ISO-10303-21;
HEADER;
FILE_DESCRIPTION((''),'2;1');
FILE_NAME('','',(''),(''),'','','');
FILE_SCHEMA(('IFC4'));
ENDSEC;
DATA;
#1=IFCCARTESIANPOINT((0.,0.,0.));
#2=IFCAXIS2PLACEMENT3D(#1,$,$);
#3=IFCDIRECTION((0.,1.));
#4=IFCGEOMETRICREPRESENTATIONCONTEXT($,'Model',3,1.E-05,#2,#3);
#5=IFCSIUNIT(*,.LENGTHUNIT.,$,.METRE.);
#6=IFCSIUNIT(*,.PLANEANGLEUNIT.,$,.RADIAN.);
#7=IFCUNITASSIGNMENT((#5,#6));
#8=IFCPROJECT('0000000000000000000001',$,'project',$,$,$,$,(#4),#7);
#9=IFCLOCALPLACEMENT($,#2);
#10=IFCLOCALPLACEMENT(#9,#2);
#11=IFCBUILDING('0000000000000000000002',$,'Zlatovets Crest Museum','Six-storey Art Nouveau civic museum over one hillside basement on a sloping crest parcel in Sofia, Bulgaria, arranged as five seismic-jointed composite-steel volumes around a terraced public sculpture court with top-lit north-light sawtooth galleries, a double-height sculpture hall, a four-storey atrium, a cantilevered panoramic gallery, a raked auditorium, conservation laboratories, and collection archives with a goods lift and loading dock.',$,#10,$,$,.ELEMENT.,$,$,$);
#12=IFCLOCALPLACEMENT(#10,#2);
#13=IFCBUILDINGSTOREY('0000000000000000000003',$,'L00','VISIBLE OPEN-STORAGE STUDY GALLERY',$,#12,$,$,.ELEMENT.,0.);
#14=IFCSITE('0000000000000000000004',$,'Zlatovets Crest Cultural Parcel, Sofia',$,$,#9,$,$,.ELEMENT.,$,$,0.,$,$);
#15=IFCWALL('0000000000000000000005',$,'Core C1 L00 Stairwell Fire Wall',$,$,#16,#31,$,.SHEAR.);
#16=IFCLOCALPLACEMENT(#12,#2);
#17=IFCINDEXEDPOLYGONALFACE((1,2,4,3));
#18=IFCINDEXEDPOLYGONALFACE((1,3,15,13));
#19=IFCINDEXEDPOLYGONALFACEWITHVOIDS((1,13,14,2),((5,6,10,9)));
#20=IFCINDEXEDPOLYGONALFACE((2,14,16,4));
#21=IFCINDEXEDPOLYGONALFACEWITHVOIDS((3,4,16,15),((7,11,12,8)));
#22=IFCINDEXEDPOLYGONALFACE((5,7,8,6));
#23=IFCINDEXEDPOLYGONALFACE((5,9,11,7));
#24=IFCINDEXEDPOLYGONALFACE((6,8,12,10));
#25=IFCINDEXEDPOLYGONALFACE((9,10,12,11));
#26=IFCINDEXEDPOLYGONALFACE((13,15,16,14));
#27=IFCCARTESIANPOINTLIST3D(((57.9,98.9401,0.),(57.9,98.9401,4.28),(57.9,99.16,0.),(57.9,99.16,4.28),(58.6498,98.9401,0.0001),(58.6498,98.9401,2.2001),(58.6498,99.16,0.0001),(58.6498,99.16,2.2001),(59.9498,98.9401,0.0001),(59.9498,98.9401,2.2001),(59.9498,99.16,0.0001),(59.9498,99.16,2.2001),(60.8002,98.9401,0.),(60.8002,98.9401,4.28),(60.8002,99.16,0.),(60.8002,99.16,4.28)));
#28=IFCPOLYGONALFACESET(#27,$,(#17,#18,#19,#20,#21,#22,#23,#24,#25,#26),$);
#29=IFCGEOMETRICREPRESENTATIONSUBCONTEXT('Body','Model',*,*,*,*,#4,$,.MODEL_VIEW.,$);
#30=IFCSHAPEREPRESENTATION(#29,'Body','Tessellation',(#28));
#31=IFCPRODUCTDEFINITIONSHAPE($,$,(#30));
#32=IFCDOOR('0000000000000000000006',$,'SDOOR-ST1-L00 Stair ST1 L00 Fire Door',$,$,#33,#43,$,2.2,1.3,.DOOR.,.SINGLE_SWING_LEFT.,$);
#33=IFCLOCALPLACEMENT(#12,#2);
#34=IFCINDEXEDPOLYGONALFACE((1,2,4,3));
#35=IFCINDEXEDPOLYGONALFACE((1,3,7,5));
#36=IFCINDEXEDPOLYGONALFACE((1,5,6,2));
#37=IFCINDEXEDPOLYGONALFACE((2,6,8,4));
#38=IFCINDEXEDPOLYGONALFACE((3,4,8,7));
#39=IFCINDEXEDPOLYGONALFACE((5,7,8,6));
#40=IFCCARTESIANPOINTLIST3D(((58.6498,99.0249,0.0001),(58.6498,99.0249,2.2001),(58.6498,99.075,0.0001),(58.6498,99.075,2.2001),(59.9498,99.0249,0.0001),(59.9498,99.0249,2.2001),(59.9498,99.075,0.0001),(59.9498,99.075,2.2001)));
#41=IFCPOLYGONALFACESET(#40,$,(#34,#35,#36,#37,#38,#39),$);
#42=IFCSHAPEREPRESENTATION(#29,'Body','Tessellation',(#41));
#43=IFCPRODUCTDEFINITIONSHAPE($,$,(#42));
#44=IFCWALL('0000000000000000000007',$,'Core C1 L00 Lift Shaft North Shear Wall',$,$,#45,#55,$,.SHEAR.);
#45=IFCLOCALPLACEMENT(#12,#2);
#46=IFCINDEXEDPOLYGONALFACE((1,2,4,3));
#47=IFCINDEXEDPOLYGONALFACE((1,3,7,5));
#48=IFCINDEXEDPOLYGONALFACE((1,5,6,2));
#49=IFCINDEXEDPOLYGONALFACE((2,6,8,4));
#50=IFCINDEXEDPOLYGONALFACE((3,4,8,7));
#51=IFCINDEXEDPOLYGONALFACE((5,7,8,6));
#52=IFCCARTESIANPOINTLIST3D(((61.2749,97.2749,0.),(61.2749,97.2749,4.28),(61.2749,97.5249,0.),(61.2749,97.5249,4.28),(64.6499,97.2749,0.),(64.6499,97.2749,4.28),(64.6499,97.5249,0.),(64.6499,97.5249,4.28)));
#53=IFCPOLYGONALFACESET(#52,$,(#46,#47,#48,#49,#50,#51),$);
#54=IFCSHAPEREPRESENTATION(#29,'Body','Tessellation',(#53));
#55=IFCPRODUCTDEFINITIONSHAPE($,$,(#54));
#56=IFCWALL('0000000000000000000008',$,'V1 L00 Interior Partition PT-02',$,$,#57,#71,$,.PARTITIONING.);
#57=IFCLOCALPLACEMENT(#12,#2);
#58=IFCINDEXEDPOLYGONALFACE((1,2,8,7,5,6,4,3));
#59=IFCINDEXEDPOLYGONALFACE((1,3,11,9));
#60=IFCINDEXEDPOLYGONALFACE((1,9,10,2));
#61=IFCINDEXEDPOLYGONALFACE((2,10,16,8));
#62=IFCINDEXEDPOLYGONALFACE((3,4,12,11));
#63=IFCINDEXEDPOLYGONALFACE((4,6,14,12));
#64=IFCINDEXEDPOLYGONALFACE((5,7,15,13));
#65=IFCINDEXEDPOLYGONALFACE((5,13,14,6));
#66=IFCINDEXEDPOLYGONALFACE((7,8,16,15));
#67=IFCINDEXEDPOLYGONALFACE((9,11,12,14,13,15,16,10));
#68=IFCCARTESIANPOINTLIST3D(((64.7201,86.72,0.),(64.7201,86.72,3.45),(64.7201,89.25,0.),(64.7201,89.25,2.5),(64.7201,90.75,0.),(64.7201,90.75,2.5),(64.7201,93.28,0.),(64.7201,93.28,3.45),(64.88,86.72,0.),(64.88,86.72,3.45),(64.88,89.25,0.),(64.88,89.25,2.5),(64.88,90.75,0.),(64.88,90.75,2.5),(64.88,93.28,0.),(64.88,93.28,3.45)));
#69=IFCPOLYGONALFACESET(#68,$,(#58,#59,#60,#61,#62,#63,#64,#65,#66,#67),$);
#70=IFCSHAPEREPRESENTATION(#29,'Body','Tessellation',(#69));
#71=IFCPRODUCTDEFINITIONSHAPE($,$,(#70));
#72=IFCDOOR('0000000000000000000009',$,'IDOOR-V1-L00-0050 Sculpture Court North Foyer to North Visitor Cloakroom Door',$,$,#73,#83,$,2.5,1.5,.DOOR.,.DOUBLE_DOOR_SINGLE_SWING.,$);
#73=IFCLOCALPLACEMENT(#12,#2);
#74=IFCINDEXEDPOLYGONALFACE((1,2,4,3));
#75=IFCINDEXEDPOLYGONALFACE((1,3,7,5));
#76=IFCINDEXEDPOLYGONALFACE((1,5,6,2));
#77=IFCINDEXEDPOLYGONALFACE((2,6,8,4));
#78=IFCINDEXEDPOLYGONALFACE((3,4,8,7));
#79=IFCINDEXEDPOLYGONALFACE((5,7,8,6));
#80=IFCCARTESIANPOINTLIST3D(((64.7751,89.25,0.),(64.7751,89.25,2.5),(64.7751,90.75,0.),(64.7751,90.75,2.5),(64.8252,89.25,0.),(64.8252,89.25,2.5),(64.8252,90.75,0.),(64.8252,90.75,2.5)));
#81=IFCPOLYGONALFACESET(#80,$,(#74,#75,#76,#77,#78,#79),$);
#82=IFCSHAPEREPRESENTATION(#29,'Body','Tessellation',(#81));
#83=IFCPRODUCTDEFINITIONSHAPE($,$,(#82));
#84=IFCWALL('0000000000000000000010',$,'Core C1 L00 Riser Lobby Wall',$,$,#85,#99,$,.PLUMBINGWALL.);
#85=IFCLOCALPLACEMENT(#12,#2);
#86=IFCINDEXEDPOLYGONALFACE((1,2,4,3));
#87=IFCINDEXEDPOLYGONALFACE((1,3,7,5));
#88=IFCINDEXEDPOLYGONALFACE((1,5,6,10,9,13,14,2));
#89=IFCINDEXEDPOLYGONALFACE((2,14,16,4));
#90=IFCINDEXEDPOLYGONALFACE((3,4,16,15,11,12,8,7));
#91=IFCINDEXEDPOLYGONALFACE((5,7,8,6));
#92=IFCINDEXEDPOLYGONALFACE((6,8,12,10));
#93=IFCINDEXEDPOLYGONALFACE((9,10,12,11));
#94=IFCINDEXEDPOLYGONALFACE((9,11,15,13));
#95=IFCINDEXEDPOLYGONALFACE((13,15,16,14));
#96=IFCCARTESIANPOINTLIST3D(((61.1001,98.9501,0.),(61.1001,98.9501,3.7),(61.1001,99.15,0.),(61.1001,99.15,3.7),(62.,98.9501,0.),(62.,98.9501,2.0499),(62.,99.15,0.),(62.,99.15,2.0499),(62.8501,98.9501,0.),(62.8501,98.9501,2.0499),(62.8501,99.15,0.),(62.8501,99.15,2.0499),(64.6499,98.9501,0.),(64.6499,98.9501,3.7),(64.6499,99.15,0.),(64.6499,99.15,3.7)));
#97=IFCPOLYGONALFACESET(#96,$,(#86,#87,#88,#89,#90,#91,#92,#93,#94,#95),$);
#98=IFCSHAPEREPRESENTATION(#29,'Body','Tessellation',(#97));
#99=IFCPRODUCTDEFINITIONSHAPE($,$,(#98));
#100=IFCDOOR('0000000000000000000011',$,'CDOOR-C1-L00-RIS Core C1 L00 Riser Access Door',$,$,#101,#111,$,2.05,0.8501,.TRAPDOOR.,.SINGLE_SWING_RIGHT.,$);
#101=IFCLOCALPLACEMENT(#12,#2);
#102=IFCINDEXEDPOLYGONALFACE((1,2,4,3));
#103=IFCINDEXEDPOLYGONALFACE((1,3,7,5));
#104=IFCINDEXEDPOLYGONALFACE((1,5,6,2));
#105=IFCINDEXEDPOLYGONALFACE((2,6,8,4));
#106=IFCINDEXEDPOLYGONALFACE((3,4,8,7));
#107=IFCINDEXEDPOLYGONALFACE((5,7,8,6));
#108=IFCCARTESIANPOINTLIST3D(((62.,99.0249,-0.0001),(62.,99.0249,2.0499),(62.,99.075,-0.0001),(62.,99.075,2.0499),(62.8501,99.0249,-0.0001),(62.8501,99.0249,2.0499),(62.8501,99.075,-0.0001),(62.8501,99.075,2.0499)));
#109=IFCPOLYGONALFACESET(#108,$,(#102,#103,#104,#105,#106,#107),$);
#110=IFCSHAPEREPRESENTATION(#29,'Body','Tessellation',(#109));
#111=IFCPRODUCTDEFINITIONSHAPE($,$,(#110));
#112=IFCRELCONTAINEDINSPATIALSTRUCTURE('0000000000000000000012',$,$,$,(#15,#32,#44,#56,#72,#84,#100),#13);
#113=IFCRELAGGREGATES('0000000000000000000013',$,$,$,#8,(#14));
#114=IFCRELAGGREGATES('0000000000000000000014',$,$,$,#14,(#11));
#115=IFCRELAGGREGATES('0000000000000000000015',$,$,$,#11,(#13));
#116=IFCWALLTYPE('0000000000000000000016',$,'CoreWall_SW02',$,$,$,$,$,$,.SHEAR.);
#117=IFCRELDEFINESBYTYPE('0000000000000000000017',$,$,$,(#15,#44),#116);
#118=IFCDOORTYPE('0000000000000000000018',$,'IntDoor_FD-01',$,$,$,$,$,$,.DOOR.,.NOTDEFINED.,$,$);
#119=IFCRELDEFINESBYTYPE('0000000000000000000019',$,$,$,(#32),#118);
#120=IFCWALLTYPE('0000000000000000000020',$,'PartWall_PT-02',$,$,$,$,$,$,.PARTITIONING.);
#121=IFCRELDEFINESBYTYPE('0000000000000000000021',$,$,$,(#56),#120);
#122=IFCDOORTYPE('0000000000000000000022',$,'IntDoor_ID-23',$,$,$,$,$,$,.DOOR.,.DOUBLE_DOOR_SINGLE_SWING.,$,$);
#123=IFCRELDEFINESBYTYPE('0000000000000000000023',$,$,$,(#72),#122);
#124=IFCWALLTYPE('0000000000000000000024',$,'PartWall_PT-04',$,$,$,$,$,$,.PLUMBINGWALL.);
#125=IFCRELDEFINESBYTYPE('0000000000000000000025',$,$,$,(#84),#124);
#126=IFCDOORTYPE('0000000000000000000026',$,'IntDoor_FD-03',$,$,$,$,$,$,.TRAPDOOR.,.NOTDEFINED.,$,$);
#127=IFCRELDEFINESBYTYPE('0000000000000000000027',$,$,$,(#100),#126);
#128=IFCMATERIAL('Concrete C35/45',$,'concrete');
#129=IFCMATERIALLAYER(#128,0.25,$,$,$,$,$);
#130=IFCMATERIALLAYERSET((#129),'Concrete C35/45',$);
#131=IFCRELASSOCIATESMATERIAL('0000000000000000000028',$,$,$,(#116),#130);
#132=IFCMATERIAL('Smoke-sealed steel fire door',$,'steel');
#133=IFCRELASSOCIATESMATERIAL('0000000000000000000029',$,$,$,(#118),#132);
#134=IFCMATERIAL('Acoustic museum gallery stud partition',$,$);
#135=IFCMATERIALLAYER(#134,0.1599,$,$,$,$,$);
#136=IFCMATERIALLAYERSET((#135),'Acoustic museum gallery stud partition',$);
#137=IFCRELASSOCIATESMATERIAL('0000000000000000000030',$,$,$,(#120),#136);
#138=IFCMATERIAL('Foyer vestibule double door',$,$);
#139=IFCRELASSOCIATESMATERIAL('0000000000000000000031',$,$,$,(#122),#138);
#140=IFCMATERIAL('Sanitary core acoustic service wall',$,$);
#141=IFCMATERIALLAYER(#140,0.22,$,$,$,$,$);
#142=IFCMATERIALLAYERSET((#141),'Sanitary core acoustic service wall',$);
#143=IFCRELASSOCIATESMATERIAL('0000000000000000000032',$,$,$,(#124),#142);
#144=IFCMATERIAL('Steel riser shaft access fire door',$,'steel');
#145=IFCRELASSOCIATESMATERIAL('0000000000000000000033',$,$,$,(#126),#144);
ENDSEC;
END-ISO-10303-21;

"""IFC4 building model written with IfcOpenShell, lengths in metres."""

from ifc_helpers import new_model, si_unit, direction, frame, frame_2d, origin, place, context, subcontext, project, spatial, rectangle, extrude, material, layer, layer_set, type_object, element, fill, save


model = new_model("IFC4")

# Units and contexts
model_context = context("Model", 3, precision=1e-05, world=origin(), true_north=direction((0.0, 1.0)))
body_context = subcontext(model_context, "Body", "Model", "MODEL_VIEW")
ifc_project = project(units=[si_unit("LENGTHUNIT", "METRE"), si_unit("PLANEANGLEUNIT", "RADIAN")], contexts=[model_context])

# Site, building, storey
site_placement = place(None, origin())
site = spatial("IfcSite", under=ifc_project, at=site_placement, Name="Zlatovets Crest Cultural Parcel, Sofia", CompositionType="ELEMENT", RefElevation=0.0)
building_placement = place(site_placement, origin())
building = spatial("IfcBuilding", under=site, at=building_placement, Name="Zlatovets Crest Museum", Description="Six-storey Art Nouveau civic museum over one hillside basement on a sloping crest parcel in Sofia, Bulgaria, arranged as five seismic-jointed composite-steel volumes around a terraced public sculpture court with top-lit north-light sawtooth galleries, a double-height sculpture hall, a four-storey atrium, a cantilevered panoramic gallery, a raked auditorium, conservation laboratories, and collection archives with a goods lift and loading dock.", CompositionType="ELEMENT")
storey_placement = place(building_placement, origin())
storey = spatial("IfcBuildingStorey", under=building, at=storey_placement, Name="L00", Description="VISIBLE OPEN-STORAGE STUDY GALLERY", CompositionType="ELEMENT", Elevation=0.0)

# Shared definitions
ifc_material_1 = material(Name="Concrete C35/45", Category="concrete")

# Wall, opening, door
ifc_layer_1 = layer(ifc_material_1, 0.25)
ifc_layer_set_1 = layer_set([ifc_layer_1], Name="Concrete C35/45")
wall_type_1 = type_object("IfcWallType", Name="CoreWall_SW02", PredefinedType="SHEAR", material=ifc_layer_set_1)
wall_1_placement = place(storey_placement, frame((57.8999, 99.05, 0.0), z_axis=(0.0, 0.0, 1.0), x_axis=(1.0, 0.0, 0.0)))
wall_1 = element("IfcWall", 1, at=wall_1_placement, inside=storey, type_object=wall_type_1, Name="Core C1 L00 Stairwell Fire Wall", PredefinedType="SHEAR", context=body_context, shape_type="SweptSolid", body=[
    extrude(rectangle(XDim=2.9001, YDim=0.22, at=frame_2d((1.4502, 0.0))), origin(), (0.0, 0.0, 1.0), 4.28),
])
opening_1_placement = place(wall_1_placement, frame((0.75, 0.0, 0.0)))
opening_1 = element("IfcOpeningElement", 2, at=opening_1_placement, cuts=wall_1, PredefinedType="OPENING", context=body_context, shape_type="SweptSolid", body=[
    extrude(rectangle(XDim=1.3, YDim=2.2, at=frame_2d((0.6499, 1.1001))), frame((0.0, 0.1201, 0.0), z_axis=(0.0, -1.0, 0.0), x_axis=(1.0, 0.0, 0.0)), (0.0, 0.0, 1.0), 0.24),
])
ifc_material_2 = material(Name="Smoke-sealed steel fire door", Category="steel")
door_type_1 = type_object("IfcDoorType", Name="IntDoor_FD-01", OperationType="NOTDEFINED", PredefinedType="DOOR", material=ifc_material_2)
door_1_placement = place(opening_1_placement, origin())
door_1 = element("IfcDoor", 3, at=door_1_placement, inside=storey, type_object=door_type_1, Name="SDOOR-ST1-L00 Stair ST1 L00 Fire Door", OperationType="SINGLE_SWING_LEFT", OverallHeight=2.2, OverallWidth=1.3, PredefinedType="DOOR", context=body_context, shape_type="SweptSolid", body=[
    extrude(rectangle(XDim=1.3, YDim=2.2, at=frame_2d((0.6499, 1.1001))), frame((0.0, 0.0249, 0.0), z_axis=(0.0, -1.0, 0.0), x_axis=(1.0, 0.0, 0.0)), (0.0, 0.0, 1.0), 0.05),
])
fill(opening_1, door_1)

# Wall
wall_2_placement = place(storey_placement, frame((61.2749, 97.3999, 0.0), z_axis=(0.0, 0.0, 1.0), x_axis=(1.0, 0.0, 0.0)))
element("IfcWall", 4, at=wall_2_placement, inside=storey, type_object=wall_type_1, Name="Core C1 L00 Lift Shaft North Shear Wall", PredefinedType="SHEAR", context=body_context, shape_type="SweptSolid", body=[
    extrude(rectangle(XDim=3.375, YDim=0.25, at=frame_2d((1.6875, 0.0))), origin(), (0.0, 0.0, 1.0), 4.28),
])

# Walls, openings, doors
ifc_material_3 = material(Name="Acoustic museum gallery stud partition")
ifc_layer_2 = layer(ifc_material_3, 0.1599)
ifc_layer_set_2 = layer_set([ifc_layer_2], Name="Acoustic museum gallery stud partition")
wall_type_2 = type_object("IfcWallType", Name="PartWall_PT-02", PredefinedType="PARTITIONING", material=ifc_layer_set_2)
wall_3_placement = place(storey_placement, frame((64.8, 86.72, 0.0), z_axis=(0.0, 0.0, 1.0), x_axis=(0.0, 1.0, 0.0)))
wall_3 = element("IfcWall", 5, at=wall_3_placement, inside=storey, type_object=wall_type_2, Name="V1 L00 Interior Partition PT-02", PredefinedType="PARTITIONING", context=body_context, shape_type="SweptSolid", body=[
    extrude(rectangle(XDim=6.5601, YDim=0.1599, at=frame_2d((3.28, 0.0))), origin(), (0.0, 0.0, 1.0), 3.45),
])
opening_2_placement = place(wall_3_placement, frame((2.53, 0.0, 0.0)))
opening_2 = element("IfcOpeningElement", 6, at=opening_2_placement, cuts=wall_3, PredefinedType="OPENING", context=body_context, shape_type="SweptSolid", body=[
    extrude(rectangle(XDim=1.5, YDim=2.5, at=frame_2d((0.75, 1.25))), frame((0.0, 0.0898, 0.0), z_axis=(0.0, -1.0, 0.0), x_axis=(1.0, 0.0, 0.0)), (0.0, 0.0, 1.0), 0.1799),
])
ifc_material_4 = material(Name="Foyer vestibule double door")
door_type_2 = type_object("IfcDoorType", Name="IntDoor_ID-23", OperationType="DOUBLE_DOOR_SINGLE_SWING", PredefinedType="DOOR", material=ifc_material_4)
door_2_placement = place(opening_2_placement, origin())
door_2 = element("IfcDoor", 7, at=door_2_placement, inside=storey, type_object=door_type_2, Name="IDOOR-V1-L00-0050 Sculpture Court North Foyer to North Visitor Cloakroom Door", OperationType="DOUBLE_DOOR_SINGLE_SWING", OverallHeight=2.5, OverallWidth=1.5, PredefinedType="DOOR", context=body_context, shape_type="SweptSolid", body=[
    extrude(rectangle(XDim=1.5, YDim=2.5, at=frame_2d((0.75, 1.25))), frame((0.0, 0.0249, 0.0), z_axis=(0.0, -1.0, 0.0), x_axis=(1.0, 0.0, 0.0)), (0.0, 0.0, 1.0), 0.05),
])
fill(opening_2, door_2)
ifc_material_5 = material(Name="Sanitary core acoustic service wall")
ifc_layer_3 = layer(ifc_material_5, 0.22)
ifc_layer_set_3 = layer_set([ifc_layer_3], Name="Sanitary core acoustic service wall")
wall_type_3 = type_object("IfcWallType", Name="PartWall_PT-04", PredefinedType="PLUMBINGWALL", material=ifc_layer_set_3)
wall_4_placement = place(storey_placement, frame((61.1001, 99.05, 0.0), z_axis=(0.0, 0.0, 1.0), x_axis=(1.0, 0.0, 0.0)))
wall_4 = element("IfcWall", 8, at=wall_4_placement, inside=storey, type_object=wall_type_3, Name="Core C1 L00 Riser Lobby Wall", PredefinedType="PLUMBINGWALL", context=body_context, shape_type="SweptSolid", body=[
    extrude(rectangle(XDim=3.5498, YDim=0.2, at=frame_2d((1.7749, 0.0))), origin(), (0.0, 0.0, 1.0), 3.7),
])
opening_3_placement = place(wall_4_placement, frame((0.8999, 0.0, 0.0)))
opening_3 = element("IfcOpeningElement", 9, at=opening_3_placement, cuts=wall_4, PredefinedType="OPENING", context=body_context, shape_type="SweptSolid", body=[
    extrude(rectangle(XDim=0.8501, YDim=2.05, at=frame_2d((0.425, 1.0249))), frame((0.0, 0.1099, 0.0), z_axis=(0.0, -1.0, 0.0), x_axis=(1.0, 0.0, 0.0)), (0.0, 0.0, 1.0), 0.22),
])
ifc_material_6 = material(Name="Steel riser shaft access fire door", Category="steel")
door_type_3 = type_object("IfcDoorType", Name="IntDoor_FD-03", OperationType="NOTDEFINED", PredefinedType="TRAPDOOR", material=ifc_material_6)
door_3_placement = place(opening_3_placement, origin())
door_3 = element("IfcDoor", 10, at=door_3_placement, inside=storey, type_object=door_type_3, Name="CDOOR-C1-L00-RIS Core C1 L00 Riser Access Door", OperationType="SINGLE_SWING_RIGHT", OverallHeight=2.05, OverallWidth=0.8501, PredefinedType="TRAPDOOR", context=body_context, shape_type="SweptSolid", body=[
    extrude(rectangle(XDim=0.8501, YDim=2.05, at=frame_2d((0.425, 1.0249))), frame((0.0, 0.0249, 0.0), z_axis=(0.0, -1.0, 0.0), x_axis=(1.0, 0.0, 0.0)), (0.0, 0.0, 1.0), 0.05),
])
fill(opening_3, door_3)

save(model, "model.ifc")
